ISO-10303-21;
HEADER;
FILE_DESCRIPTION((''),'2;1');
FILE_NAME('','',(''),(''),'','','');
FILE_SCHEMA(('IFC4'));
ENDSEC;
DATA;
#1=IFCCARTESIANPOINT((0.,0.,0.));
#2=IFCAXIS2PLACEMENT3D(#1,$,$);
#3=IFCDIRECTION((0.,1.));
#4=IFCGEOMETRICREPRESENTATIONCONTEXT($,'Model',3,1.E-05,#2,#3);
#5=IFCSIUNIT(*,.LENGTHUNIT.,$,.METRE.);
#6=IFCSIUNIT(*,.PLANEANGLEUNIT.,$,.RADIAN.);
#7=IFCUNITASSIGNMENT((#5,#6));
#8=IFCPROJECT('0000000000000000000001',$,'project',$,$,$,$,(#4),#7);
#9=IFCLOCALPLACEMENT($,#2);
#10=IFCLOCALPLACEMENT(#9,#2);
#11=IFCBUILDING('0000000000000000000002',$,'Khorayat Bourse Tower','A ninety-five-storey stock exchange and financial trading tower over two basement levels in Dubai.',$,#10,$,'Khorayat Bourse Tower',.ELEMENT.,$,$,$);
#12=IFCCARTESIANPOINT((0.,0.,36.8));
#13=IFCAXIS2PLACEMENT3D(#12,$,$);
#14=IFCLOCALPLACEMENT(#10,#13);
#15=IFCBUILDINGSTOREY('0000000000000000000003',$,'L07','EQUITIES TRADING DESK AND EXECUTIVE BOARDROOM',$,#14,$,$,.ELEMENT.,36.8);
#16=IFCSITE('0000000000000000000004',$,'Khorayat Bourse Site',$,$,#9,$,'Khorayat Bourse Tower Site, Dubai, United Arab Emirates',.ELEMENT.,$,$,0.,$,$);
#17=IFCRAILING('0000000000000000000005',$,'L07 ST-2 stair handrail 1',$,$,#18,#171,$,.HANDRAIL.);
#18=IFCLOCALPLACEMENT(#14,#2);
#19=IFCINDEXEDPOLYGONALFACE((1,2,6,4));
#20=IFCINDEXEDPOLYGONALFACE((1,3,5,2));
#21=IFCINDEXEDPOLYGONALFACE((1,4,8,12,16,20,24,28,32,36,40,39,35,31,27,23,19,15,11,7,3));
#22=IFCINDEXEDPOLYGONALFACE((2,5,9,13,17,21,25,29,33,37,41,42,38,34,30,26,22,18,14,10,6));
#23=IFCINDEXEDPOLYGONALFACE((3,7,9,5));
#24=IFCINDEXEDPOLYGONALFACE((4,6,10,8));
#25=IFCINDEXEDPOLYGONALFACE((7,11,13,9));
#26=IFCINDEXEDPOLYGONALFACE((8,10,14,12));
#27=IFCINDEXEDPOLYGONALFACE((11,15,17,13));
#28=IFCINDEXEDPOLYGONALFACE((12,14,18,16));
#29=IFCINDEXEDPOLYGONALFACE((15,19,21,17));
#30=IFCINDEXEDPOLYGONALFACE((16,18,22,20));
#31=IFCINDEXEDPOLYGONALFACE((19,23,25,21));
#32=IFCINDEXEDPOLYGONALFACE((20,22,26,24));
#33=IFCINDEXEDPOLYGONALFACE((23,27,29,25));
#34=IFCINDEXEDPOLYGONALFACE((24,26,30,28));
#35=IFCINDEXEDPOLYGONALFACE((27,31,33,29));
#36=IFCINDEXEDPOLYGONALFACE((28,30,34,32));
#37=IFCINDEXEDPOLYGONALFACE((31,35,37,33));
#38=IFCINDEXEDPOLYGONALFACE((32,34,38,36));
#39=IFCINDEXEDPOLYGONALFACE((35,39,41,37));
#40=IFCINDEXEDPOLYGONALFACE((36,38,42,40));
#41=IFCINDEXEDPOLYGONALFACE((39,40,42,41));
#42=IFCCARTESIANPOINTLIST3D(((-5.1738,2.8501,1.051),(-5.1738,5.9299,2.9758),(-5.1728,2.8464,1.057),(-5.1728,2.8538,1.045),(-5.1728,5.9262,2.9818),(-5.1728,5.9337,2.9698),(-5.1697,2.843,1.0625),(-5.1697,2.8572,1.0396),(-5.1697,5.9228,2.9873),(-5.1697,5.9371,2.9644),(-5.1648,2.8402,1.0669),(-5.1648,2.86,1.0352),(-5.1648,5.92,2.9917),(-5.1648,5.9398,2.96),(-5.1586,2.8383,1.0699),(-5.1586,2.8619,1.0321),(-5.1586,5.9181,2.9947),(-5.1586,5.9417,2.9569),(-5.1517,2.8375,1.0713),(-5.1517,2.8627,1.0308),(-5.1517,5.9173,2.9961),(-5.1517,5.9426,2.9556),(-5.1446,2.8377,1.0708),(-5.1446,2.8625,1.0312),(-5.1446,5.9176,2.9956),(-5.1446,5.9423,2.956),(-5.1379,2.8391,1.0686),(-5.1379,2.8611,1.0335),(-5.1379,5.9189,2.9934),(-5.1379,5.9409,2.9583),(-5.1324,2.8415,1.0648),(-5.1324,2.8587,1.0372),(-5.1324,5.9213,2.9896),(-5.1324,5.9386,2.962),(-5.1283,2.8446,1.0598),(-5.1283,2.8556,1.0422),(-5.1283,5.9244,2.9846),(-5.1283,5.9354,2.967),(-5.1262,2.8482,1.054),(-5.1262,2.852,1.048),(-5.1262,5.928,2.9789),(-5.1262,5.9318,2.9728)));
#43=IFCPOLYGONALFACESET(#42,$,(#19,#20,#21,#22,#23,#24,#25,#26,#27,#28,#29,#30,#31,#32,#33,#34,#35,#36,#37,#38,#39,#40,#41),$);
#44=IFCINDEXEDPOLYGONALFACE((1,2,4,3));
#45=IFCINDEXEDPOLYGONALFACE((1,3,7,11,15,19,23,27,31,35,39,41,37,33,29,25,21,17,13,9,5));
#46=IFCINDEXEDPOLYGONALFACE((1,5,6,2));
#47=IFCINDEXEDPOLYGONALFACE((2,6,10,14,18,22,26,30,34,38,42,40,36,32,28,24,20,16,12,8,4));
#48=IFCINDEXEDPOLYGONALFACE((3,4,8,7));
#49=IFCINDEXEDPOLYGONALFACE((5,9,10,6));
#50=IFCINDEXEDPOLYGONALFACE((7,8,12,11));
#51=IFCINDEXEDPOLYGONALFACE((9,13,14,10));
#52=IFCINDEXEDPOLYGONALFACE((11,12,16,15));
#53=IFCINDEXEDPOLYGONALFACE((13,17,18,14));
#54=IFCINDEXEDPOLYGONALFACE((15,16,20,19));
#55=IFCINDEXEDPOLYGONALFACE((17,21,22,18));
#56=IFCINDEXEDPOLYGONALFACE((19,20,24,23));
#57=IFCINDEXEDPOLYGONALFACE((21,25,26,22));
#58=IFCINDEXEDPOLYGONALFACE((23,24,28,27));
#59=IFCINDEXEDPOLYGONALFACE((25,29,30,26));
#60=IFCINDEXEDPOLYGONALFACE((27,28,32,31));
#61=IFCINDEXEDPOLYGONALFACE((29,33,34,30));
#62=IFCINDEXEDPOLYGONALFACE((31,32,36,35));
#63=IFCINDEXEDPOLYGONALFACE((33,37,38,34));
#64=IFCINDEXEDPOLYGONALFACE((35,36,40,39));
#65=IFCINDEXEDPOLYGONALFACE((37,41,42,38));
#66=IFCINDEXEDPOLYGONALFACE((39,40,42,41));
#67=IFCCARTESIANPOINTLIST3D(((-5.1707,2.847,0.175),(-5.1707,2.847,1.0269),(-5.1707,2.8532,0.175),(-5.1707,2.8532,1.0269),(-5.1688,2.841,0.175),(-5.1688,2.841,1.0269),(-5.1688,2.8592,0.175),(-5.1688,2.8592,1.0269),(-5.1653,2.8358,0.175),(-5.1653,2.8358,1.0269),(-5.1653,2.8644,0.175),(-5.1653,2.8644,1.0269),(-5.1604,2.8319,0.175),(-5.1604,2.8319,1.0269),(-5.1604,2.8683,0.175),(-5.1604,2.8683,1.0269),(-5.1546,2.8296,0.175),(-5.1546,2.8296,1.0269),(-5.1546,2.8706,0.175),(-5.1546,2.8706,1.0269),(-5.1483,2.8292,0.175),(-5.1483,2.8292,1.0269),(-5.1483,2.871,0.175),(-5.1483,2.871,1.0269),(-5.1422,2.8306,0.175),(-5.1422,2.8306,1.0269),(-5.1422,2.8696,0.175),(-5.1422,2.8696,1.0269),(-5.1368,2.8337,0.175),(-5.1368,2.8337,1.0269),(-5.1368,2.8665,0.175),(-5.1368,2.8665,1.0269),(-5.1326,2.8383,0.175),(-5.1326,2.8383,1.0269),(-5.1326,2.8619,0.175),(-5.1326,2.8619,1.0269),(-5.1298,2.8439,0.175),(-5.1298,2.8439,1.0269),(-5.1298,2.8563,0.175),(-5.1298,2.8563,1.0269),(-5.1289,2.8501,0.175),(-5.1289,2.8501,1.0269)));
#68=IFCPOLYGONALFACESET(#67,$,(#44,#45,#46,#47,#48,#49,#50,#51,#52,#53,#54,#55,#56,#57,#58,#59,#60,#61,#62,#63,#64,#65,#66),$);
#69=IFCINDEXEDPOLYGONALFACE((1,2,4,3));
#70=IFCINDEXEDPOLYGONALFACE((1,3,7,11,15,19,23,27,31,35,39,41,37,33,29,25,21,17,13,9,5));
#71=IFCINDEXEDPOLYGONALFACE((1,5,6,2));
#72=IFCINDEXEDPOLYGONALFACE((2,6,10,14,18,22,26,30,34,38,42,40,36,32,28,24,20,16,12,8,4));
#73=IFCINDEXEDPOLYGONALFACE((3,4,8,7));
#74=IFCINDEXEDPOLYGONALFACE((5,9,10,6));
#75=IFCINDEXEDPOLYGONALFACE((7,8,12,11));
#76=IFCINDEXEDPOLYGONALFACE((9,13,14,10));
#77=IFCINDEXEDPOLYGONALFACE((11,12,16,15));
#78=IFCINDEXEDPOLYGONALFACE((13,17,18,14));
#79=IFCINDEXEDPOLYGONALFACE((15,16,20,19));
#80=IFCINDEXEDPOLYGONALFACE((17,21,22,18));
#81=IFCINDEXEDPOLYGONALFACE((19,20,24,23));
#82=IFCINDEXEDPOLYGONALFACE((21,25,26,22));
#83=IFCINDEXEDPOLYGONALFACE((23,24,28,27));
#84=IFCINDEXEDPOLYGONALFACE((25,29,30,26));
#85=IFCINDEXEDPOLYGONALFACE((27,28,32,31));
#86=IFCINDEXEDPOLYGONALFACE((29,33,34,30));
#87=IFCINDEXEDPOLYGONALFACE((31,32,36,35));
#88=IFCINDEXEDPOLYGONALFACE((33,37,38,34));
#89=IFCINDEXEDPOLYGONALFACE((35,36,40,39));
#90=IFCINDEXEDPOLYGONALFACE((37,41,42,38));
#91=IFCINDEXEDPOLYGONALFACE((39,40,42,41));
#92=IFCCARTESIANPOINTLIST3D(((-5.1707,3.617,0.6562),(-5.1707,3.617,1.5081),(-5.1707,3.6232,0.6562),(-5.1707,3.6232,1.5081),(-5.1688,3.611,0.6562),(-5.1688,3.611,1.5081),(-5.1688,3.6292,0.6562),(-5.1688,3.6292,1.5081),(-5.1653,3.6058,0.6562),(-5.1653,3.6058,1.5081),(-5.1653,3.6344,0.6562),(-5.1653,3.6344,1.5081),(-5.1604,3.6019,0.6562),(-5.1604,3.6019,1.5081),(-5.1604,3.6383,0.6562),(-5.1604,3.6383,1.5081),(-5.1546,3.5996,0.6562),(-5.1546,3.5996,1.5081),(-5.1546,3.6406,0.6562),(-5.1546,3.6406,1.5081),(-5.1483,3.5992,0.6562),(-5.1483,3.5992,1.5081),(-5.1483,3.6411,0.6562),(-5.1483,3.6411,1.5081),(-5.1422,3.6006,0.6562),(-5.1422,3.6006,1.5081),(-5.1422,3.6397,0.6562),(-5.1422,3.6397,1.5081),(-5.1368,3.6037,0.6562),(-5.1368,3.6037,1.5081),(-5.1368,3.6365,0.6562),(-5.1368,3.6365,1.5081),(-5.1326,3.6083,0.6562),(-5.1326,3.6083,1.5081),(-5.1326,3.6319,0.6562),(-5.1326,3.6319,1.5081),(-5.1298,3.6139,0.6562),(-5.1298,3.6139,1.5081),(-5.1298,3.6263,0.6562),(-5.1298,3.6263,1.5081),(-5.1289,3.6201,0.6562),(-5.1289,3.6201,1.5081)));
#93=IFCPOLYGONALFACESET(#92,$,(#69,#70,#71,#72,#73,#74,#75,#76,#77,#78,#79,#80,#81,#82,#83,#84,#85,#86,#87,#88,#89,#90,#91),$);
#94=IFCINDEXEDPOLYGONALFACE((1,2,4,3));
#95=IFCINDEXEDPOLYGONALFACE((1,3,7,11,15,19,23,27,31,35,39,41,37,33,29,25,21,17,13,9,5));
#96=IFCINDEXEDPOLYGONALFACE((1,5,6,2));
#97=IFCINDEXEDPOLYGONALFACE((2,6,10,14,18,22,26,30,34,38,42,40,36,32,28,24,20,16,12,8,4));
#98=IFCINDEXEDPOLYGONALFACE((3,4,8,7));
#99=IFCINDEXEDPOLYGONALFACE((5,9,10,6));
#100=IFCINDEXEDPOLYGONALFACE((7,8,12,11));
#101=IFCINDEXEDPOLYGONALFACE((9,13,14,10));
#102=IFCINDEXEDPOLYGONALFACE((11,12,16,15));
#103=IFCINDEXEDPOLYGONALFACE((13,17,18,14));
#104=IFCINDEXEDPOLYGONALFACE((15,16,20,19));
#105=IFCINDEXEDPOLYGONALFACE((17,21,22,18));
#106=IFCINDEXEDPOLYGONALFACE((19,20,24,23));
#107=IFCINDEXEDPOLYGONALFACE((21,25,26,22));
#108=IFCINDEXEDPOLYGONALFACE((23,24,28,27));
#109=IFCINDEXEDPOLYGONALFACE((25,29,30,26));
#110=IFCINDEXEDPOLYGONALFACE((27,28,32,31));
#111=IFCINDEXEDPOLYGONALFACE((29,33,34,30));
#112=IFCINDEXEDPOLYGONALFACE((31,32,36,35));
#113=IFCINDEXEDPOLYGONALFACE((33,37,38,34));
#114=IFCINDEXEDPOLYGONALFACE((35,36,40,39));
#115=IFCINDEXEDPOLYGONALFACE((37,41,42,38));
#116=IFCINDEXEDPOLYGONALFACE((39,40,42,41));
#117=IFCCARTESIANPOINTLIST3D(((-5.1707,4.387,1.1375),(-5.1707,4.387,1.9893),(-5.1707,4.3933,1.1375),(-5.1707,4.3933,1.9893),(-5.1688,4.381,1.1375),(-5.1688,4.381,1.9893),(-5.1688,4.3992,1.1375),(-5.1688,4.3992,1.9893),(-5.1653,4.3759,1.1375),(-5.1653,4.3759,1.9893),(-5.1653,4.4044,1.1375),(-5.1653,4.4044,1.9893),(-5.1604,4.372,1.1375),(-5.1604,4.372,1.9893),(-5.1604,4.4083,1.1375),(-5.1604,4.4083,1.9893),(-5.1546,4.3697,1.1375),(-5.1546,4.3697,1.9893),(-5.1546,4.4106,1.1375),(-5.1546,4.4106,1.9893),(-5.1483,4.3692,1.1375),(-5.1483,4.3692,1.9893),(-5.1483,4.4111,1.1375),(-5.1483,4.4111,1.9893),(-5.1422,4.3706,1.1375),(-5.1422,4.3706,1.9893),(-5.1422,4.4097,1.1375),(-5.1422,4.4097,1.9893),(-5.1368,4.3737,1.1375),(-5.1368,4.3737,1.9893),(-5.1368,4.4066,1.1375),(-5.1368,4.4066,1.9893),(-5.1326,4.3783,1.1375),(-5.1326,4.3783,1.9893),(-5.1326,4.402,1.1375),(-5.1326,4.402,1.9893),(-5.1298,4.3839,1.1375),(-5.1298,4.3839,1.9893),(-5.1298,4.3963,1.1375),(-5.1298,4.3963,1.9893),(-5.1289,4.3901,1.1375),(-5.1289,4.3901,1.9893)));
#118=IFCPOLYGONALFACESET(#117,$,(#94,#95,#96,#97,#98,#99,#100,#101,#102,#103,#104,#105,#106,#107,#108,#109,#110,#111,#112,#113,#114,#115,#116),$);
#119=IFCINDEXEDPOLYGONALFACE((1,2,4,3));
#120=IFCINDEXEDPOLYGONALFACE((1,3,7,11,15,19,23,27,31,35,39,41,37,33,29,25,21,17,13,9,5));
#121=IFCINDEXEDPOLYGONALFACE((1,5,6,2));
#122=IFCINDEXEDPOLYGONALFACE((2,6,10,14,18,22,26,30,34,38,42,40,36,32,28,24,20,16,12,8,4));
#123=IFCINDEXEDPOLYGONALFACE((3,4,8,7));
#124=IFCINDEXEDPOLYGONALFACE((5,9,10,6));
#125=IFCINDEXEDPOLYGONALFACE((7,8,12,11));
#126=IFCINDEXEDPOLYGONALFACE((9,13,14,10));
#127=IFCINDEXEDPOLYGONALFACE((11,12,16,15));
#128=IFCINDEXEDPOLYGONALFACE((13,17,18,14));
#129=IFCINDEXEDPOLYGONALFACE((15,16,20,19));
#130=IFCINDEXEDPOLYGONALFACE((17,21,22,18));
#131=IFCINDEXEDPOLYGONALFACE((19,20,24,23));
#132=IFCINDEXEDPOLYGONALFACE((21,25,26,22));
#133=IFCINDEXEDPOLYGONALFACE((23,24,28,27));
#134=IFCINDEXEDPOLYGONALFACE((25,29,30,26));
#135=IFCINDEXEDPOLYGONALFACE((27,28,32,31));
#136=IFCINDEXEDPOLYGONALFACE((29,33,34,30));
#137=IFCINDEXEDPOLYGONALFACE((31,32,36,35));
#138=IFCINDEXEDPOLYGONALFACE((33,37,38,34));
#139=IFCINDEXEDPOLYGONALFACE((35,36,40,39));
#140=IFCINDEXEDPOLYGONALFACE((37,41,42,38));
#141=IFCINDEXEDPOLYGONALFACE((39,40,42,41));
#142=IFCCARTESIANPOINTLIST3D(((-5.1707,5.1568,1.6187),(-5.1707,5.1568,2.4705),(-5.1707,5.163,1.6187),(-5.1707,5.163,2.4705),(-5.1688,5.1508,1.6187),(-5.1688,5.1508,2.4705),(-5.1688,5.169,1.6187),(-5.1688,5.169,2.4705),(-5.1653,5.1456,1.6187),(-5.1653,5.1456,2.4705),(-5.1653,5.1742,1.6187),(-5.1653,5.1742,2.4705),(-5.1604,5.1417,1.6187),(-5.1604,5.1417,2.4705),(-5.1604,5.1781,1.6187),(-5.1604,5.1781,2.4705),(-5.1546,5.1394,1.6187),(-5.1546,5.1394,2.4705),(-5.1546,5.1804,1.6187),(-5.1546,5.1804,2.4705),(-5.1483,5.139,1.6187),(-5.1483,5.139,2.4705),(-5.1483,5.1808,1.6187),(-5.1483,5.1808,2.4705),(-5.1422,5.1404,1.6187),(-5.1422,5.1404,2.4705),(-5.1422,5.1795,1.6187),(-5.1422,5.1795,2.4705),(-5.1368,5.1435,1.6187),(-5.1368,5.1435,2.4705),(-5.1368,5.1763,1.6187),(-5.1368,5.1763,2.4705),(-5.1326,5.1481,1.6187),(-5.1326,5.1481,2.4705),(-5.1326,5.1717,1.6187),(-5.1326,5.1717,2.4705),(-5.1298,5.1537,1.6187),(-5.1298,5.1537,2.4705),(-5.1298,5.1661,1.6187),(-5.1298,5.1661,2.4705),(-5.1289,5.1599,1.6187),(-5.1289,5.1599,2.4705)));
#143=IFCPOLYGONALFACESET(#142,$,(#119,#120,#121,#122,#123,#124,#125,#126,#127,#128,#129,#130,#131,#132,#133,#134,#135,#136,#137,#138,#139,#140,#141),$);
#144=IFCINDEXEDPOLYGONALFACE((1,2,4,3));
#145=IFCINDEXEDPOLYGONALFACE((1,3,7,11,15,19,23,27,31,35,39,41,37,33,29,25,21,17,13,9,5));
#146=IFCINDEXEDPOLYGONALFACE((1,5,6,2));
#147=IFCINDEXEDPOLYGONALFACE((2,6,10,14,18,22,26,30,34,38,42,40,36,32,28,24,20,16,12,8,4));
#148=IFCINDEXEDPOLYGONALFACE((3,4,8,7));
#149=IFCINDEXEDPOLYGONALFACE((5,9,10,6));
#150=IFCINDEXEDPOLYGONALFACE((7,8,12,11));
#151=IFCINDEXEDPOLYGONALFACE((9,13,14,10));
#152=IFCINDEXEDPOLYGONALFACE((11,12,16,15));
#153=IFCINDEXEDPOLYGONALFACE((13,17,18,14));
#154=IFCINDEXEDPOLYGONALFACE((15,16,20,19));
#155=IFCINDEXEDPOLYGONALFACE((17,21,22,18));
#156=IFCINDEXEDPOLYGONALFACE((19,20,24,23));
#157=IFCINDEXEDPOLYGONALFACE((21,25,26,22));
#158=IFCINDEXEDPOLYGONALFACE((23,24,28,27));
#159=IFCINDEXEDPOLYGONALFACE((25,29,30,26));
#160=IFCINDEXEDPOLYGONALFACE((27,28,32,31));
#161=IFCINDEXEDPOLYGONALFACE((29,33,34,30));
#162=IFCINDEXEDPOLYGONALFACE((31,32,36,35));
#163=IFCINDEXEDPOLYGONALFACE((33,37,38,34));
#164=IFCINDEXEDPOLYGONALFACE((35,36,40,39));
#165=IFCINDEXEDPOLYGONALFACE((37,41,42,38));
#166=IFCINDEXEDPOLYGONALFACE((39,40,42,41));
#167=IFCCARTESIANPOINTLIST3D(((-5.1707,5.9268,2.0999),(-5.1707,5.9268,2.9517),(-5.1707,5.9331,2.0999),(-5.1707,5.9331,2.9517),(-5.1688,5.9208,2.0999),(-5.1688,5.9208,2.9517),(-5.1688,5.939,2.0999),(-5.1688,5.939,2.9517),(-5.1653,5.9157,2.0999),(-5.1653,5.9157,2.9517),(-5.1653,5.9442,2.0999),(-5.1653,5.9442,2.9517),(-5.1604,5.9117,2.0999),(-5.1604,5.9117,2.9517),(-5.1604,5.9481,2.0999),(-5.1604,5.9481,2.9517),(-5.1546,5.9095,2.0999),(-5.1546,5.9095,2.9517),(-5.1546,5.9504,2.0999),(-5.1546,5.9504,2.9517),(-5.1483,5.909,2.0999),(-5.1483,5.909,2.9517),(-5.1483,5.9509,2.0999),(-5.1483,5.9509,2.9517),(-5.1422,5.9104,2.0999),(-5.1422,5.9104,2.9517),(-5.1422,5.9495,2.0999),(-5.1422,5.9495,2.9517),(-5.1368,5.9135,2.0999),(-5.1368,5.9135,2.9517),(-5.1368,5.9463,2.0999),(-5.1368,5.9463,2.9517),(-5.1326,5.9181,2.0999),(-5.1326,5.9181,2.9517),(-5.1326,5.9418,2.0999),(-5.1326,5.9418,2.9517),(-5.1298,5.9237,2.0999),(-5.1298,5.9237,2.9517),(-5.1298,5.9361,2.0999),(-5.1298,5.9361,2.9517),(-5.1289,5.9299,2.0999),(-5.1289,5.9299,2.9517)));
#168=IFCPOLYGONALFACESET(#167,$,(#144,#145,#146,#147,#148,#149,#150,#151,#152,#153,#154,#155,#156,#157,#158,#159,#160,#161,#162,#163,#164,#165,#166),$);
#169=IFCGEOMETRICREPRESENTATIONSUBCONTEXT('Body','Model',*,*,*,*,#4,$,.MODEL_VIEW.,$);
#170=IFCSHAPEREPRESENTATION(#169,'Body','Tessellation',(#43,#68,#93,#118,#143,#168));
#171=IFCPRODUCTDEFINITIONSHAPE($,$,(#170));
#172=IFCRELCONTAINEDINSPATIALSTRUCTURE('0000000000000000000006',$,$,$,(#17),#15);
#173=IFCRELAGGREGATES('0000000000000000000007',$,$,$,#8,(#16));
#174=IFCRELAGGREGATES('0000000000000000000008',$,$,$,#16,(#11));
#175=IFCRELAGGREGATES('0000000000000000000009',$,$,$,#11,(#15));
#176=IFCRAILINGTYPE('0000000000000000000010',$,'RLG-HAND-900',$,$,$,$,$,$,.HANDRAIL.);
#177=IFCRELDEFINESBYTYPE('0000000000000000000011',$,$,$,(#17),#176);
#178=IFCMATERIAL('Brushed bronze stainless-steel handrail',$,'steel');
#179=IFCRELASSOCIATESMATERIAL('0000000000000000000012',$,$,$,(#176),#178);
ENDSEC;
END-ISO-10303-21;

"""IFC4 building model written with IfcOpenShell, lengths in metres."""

from ifc_helpers import new_model, si_unit, direction, frame, origin, origin_2d, place, context, subcontext, project, spatial, circle, extrude, source, transform, mapped, material, type_object, element, save


model = new_model("IFC4")

# Units and contexts
model_context = context("Model", 3, precision=1e-05, world=origin(), true_north=direction((0.0, 1.0)))
body_context = subcontext(model_context, "Body", "Model", "MODEL_VIEW")
ifc_project = project(units=[si_unit("LENGTHUNIT", "METRE"), si_unit("PLANEANGLEUNIT", "RADIAN")], contexts=[model_context])

# Site, building, storey
site_placement = place(None, origin())
site = spatial("IfcSite", under=ifc_project, at=site_placement, Name="Khorayat Bourse Site", LongName="Khorayat Bourse Tower Site, Dubai, United Arab Emirates", CompositionType="ELEMENT", RefElevation=0.0)
building_placement = place(site_placement, origin())
building = spatial("IfcBuilding", under=site, at=building_placement, Name="Khorayat Bourse Tower", Description="A ninety-five-storey stock exchange and financial trading tower over two basement levels in Dubai.", LongName="Khorayat Bourse Tower", CompositionType="ELEMENT")
storey_placement = place(building_placement, frame((0.0, 0.0, 36.8)))
storey = spatial("IfcBuildingStorey", under=building, at=storey_placement, Name="L07", Description="EQUITIES TRADING DESK AND EXECUTIVE BOARDROOM", CompositionType="ELEMENT", Elevation=36.8)

# Railing
ifc_material_1 = material(Name="Brushed bronze stainless-steel handrail", Category="steel")
railing_type_1 = type_object("IfcRailingType", Name="RLG-HAND-900", PredefinedType="HANDRAIL", material=ifc_material_1)
shared_shape_1 = source(origin(), body_context, "Body", "SweptSolid", [
    extrude(circle(Radius=0.0239, at=origin_2d()), frame((0.0, 0.0, 0.876), z_axis=(0.0, 0.84801, 0.529981), x_axis=(-1.0, 0.0, 0.0)), (0.0, 0.0, 1.0), 3.6318),
    extrude(circle(Radius=0.021, at=origin_2d()), origin(), (0.0, 0.0, 1.0), 0.8518),
    extrude(circle(Radius=0.021, at=origin_2d()), frame((0.0, 0.77, 0.4812)), (0.0, 0.0, 1.0), 0.8518),
    extrude(circle(Radius=0.021, at=origin_2d()), frame((0.0, 1.54, 0.9624)), (0.0, 0.0, 1.0), 0.8518),
    extrude(circle(Radius=0.021, at=origin_2d()), frame((0.0, 2.3098, 1.4436)), (0.0, 0.0, 1.0), 0.8518),
    extrude(circle(Radius=0.021, at=origin_2d()), frame((0.0, 3.0798, 1.9248)), (0.0, 0.0, 1.0), 0.8518),
])
railing_1_placement = place(storey_placement, frame((-5.1499, 2.8501, 0.175)))
element("IfcRailing", 1, at=railing_1_placement, inside=storey, type_object=railing_type_1, Name="L07 ST-2 stair handrail 1", PredefinedType="HANDRAIL", context=body_context, shape_type="MappedRepresentation", body=[
    mapped(shared_shape_1, transform((0.0, 0.0, 0.0), scale=1.0)),
])

save(model, "model.ifc")
